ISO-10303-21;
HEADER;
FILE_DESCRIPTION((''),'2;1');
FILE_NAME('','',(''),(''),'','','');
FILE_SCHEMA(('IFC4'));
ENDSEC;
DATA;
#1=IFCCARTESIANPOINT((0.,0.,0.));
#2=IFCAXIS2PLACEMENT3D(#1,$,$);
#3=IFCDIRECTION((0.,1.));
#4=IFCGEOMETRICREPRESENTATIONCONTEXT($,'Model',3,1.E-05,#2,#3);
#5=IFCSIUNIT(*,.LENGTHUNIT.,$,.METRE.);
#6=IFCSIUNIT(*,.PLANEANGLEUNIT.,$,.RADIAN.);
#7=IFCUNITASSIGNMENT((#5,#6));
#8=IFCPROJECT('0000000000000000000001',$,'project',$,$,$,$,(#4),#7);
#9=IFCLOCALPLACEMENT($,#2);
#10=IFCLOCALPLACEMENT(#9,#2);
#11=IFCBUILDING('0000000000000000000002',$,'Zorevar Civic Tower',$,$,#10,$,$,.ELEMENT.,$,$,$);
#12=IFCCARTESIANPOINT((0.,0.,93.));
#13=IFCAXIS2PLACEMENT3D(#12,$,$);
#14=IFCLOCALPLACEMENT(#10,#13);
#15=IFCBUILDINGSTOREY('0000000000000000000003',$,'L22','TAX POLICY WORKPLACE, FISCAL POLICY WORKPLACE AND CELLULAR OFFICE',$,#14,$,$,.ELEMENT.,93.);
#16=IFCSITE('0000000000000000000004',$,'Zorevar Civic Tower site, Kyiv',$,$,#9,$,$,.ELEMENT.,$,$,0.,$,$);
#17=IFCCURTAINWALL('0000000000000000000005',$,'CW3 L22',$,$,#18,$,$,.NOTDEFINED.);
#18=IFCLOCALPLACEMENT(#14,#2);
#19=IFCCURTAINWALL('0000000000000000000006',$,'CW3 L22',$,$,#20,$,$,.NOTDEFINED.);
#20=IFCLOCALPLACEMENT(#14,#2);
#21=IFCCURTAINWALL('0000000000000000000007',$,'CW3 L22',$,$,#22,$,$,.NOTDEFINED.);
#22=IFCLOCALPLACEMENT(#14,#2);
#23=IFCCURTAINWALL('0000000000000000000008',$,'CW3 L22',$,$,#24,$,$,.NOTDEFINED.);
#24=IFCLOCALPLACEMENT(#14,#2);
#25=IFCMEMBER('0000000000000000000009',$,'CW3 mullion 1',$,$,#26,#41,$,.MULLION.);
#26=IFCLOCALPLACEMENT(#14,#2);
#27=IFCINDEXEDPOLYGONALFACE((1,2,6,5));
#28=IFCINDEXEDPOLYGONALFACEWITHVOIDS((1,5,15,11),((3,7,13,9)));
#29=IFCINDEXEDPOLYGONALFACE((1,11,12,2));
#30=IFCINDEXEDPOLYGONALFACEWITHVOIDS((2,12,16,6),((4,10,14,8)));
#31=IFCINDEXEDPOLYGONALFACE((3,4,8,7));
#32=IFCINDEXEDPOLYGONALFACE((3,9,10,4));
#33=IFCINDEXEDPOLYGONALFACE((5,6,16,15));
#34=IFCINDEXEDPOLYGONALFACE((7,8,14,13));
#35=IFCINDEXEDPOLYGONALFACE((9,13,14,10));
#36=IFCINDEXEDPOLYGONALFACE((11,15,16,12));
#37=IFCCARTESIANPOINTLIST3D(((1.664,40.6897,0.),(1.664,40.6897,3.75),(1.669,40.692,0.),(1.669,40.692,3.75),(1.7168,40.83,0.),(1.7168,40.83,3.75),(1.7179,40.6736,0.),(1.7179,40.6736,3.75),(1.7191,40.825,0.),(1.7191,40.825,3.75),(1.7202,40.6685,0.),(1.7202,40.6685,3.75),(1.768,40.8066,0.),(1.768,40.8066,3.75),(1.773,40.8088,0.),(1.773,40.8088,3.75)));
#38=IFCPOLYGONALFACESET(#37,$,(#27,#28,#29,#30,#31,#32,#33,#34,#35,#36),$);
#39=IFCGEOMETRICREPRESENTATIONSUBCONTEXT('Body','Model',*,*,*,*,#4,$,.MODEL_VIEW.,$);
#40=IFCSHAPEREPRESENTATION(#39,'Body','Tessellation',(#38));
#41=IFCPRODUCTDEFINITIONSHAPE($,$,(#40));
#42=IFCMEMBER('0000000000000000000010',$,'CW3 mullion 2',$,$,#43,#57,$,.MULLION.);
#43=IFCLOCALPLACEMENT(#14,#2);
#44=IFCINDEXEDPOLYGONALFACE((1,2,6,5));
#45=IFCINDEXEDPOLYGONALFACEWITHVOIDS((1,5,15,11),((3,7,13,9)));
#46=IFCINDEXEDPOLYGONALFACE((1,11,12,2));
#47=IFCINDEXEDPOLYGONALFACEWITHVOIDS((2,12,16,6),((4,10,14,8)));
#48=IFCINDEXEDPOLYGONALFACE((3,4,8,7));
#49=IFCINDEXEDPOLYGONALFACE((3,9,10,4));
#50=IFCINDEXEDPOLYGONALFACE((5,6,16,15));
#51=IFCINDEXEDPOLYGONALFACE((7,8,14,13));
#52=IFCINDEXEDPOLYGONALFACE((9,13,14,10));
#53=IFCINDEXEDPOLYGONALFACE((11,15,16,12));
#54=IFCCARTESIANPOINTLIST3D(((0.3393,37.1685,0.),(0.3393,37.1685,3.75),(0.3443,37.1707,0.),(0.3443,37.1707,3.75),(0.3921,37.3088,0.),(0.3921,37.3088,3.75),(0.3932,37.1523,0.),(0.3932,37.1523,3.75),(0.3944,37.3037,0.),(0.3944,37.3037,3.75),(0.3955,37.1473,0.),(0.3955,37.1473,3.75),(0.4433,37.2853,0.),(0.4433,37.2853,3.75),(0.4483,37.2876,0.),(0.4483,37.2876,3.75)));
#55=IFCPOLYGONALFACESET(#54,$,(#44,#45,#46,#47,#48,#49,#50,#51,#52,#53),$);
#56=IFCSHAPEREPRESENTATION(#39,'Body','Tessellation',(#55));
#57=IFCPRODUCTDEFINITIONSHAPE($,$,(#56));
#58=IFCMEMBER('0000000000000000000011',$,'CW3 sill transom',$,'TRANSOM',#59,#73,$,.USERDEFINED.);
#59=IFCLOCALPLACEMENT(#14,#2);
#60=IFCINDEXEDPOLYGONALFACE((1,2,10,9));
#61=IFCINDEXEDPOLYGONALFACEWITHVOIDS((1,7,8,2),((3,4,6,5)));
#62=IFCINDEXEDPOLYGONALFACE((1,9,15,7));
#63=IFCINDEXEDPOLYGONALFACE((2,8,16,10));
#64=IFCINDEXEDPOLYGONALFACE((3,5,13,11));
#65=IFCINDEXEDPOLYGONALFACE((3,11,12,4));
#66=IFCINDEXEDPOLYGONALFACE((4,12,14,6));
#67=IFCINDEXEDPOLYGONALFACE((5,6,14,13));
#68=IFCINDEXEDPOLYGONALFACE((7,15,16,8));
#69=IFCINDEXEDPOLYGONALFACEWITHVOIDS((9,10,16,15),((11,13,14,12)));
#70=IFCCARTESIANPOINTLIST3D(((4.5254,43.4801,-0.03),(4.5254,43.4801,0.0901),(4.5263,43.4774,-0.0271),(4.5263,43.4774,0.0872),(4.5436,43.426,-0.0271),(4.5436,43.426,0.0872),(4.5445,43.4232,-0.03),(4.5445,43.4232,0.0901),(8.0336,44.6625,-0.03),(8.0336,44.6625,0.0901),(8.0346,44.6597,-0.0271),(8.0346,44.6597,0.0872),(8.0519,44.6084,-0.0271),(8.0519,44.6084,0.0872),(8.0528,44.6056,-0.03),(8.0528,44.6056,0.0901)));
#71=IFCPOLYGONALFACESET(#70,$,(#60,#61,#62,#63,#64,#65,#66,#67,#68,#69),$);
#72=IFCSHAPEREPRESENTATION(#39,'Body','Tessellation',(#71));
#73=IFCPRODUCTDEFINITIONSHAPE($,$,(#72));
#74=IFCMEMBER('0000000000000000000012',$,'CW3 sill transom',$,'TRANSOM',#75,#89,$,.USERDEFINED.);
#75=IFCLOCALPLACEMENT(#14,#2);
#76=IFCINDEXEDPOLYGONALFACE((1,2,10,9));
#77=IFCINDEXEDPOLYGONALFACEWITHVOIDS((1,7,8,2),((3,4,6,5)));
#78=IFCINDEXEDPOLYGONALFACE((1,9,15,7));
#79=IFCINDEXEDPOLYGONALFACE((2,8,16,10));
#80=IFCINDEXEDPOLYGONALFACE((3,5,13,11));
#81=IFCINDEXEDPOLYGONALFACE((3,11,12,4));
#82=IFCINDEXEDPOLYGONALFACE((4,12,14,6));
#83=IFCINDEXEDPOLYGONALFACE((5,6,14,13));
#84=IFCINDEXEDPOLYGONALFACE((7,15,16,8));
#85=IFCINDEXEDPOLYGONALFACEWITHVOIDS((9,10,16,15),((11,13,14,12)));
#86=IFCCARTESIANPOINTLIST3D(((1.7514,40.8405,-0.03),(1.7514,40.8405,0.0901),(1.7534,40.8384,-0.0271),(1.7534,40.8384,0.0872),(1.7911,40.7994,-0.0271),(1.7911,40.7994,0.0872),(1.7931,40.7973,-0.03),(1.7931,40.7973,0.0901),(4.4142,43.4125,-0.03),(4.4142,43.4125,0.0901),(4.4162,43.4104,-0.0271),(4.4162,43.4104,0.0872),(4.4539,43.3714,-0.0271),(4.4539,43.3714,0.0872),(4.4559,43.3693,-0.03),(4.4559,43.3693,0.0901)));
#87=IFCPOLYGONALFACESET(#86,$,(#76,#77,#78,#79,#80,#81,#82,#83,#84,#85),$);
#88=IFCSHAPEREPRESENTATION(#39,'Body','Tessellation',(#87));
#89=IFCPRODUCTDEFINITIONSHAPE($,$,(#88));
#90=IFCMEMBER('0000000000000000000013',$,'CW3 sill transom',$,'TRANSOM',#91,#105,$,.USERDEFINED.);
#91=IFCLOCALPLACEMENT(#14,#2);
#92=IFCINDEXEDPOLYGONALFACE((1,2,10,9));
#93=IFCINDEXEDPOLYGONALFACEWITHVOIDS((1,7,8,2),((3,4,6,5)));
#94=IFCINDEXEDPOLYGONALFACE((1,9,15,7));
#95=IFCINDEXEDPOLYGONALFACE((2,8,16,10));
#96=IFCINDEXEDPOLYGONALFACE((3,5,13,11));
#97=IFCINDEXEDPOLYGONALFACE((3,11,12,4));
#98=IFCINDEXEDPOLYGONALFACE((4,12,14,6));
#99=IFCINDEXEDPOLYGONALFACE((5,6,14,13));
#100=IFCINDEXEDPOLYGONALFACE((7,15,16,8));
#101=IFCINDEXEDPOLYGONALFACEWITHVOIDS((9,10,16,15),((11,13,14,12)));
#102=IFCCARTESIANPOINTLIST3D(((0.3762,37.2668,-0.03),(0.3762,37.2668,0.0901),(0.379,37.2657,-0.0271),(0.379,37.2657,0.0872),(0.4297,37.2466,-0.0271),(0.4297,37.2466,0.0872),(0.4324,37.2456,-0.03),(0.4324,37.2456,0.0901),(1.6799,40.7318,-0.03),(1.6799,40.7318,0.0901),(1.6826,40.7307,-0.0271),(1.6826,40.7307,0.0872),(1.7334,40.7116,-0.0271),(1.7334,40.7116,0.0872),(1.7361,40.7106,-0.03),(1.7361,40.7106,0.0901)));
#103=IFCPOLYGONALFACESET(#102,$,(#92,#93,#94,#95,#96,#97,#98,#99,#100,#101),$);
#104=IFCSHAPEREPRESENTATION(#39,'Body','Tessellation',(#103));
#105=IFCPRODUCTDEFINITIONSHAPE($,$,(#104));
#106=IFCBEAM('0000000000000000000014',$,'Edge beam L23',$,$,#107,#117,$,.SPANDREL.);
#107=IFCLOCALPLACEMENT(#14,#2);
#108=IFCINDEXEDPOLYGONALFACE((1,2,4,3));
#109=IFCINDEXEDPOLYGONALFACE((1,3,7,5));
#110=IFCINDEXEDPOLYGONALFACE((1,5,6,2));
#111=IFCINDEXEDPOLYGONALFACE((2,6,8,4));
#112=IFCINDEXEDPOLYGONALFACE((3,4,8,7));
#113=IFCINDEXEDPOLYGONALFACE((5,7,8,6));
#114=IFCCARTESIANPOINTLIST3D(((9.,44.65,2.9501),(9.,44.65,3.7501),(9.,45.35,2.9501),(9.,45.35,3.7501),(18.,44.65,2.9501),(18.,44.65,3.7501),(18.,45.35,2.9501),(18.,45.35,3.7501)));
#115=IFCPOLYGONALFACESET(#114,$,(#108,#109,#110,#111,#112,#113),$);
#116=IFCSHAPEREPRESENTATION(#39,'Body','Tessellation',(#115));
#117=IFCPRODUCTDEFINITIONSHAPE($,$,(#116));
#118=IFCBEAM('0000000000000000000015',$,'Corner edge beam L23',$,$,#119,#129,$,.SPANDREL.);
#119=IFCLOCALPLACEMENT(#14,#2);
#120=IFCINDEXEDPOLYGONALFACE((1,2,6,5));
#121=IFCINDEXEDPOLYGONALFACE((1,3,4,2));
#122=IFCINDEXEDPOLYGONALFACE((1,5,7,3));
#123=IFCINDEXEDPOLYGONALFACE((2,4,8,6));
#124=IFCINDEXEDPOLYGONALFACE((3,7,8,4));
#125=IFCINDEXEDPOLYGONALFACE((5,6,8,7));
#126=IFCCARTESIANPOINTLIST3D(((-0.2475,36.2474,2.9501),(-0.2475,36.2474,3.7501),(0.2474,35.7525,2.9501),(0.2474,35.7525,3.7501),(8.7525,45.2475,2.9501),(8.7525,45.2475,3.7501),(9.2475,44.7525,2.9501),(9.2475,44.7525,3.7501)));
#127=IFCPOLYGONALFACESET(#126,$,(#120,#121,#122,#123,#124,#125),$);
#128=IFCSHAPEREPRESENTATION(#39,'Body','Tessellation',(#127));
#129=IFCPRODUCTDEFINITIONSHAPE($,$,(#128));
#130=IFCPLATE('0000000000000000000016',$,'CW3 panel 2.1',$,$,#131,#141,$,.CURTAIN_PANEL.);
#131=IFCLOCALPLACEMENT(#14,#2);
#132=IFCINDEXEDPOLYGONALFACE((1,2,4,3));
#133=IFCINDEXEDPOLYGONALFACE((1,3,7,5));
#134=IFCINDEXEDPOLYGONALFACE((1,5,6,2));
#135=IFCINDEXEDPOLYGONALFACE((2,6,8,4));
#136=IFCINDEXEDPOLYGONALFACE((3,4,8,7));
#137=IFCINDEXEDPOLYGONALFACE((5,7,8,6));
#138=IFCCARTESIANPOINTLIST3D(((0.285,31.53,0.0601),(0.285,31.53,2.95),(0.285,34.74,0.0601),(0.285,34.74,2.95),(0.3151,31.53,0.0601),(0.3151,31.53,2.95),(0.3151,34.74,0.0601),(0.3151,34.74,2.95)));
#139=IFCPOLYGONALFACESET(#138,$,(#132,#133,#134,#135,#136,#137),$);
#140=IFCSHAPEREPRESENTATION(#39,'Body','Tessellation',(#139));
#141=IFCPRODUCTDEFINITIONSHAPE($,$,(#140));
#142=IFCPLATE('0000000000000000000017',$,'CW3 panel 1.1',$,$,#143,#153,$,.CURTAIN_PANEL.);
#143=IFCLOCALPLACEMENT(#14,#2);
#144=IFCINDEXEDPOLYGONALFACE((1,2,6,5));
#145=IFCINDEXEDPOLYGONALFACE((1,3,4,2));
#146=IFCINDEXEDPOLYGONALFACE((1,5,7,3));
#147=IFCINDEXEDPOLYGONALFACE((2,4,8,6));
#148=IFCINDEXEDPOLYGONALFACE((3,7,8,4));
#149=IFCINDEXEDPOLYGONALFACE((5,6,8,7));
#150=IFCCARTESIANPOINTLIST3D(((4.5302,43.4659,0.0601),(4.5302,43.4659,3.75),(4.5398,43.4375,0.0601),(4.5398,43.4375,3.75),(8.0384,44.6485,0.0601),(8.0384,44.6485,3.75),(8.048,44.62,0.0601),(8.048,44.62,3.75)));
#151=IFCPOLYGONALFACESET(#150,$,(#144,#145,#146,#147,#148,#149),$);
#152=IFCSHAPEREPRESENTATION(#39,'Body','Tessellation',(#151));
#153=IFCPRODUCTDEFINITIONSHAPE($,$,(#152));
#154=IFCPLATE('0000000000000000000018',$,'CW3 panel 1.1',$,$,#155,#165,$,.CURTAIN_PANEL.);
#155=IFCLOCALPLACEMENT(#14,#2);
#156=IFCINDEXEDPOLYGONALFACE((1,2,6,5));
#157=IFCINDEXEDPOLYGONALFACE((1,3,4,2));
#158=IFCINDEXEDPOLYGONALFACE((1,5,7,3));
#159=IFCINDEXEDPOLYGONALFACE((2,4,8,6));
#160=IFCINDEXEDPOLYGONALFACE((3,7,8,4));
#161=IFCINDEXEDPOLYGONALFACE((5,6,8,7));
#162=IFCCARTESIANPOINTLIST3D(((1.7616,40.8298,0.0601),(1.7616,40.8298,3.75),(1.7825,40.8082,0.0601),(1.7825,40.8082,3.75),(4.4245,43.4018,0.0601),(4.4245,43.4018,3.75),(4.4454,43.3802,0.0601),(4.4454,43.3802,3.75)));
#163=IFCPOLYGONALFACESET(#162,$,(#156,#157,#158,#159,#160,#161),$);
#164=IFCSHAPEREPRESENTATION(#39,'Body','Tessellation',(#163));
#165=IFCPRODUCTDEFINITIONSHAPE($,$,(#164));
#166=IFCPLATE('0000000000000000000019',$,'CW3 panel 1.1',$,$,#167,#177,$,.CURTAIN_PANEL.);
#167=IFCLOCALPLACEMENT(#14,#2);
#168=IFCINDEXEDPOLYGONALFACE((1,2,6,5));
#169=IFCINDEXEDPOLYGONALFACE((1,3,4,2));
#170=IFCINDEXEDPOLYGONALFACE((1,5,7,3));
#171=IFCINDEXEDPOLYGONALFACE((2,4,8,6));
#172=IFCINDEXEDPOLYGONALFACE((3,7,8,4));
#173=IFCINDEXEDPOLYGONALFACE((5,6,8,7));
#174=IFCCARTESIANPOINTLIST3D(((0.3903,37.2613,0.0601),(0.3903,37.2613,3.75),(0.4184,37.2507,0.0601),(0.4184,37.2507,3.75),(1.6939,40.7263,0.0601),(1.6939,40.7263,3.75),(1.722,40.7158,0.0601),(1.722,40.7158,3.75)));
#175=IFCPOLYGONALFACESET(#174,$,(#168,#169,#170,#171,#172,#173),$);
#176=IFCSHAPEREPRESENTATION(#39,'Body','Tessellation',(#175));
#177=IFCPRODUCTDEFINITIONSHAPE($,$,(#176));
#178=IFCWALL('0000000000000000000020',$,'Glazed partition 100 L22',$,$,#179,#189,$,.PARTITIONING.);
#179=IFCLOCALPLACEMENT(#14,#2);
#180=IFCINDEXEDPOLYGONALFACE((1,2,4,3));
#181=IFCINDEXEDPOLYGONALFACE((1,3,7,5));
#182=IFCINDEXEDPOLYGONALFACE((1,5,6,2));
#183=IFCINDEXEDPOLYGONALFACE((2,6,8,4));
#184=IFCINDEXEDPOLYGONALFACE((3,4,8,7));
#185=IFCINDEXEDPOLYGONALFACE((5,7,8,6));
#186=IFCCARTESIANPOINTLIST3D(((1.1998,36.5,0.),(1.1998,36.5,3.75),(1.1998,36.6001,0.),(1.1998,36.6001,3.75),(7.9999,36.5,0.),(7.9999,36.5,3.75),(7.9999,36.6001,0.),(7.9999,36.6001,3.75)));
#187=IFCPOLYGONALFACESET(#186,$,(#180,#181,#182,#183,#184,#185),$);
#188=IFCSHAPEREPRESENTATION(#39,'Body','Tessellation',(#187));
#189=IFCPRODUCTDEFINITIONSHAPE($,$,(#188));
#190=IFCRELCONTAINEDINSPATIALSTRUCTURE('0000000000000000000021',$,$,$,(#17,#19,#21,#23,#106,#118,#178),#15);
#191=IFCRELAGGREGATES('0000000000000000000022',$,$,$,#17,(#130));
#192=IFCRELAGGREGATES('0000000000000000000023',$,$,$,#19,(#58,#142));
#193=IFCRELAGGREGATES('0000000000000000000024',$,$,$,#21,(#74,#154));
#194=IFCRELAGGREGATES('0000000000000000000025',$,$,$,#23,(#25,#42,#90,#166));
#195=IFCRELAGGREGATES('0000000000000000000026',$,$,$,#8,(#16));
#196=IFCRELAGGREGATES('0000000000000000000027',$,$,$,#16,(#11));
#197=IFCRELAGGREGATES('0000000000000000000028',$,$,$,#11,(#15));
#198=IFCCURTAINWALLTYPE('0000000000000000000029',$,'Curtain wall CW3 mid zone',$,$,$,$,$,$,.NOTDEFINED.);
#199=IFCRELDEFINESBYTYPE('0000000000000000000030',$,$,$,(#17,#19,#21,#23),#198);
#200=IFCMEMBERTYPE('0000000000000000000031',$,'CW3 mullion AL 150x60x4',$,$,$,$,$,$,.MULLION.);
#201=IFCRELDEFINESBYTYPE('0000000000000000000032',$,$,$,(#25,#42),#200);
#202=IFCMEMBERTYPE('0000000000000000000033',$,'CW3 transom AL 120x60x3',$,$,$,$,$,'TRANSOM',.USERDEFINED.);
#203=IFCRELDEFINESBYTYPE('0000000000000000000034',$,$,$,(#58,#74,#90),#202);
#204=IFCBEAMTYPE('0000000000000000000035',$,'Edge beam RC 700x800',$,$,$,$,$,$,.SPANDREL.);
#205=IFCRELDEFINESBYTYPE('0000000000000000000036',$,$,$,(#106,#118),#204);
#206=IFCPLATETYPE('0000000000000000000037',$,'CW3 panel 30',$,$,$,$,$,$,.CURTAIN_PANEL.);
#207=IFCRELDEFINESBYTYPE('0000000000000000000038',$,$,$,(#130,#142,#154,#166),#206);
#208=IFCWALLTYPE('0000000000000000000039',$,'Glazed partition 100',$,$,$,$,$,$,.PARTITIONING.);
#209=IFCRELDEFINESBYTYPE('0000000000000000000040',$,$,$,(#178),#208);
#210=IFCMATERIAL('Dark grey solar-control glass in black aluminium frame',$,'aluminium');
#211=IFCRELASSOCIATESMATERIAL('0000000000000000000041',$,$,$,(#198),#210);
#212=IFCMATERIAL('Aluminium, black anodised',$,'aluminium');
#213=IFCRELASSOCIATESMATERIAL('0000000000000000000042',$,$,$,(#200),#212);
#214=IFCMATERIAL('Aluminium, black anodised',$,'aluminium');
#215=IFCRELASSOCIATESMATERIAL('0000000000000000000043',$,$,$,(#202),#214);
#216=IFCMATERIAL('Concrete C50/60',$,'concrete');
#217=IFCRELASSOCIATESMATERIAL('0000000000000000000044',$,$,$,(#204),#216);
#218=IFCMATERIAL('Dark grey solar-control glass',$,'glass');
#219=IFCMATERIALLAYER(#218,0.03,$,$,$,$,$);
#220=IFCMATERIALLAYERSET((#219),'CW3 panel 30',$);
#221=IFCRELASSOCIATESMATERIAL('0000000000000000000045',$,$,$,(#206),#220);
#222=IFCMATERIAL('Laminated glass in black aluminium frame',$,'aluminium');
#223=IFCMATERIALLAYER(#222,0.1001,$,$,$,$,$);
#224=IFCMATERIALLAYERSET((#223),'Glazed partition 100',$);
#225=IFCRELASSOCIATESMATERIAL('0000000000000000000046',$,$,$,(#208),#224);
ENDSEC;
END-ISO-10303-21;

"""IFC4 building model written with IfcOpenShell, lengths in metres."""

from ifc_helpers import new_model, si_unit, direction, frame, frame_2d, origin, origin_2d, place, context, subcontext, project, spatial, rectangle, hollow_rectangle, extrude, material, layer, layer_set, material_profile, profile_set, type_object, element, aggregate, save


model = new_model("IFC4")

# Units and contexts
model_context = context("Model", 3, precision=1e-05, world=origin(), true_north=direction((0.0, 1.0)))
body_context = subcontext(model_context, "Body", "Model", "MODEL_VIEW")
ifc_project = project(units=[si_unit("LENGTHUNIT", "METRE"), si_unit("PLANEANGLEUNIT", "RADIAN")], contexts=[model_context])

# Site, building, storey
site_placement = place(None, origin())
site = spatial("IfcSite", under=ifc_project, at=site_placement, Name="Zorevar Civic Tower site, Kyiv", CompositionType="ELEMENT", RefElevation=0.0)
building_placement = place(site_placement, origin())
building = spatial("IfcBuilding", under=site, at=building_placement, Name="Zorevar Civic Tower", CompositionType="ELEMENT")
storey_placement = place(building_placement, frame((0.0, 0.0, 93.0)))
storey = spatial("IfcBuildingStorey", under=building, at=storey_placement, Name="L22", Description="TAX POLICY WORKPLACE, FISCAL POLICY WORKPLACE AND CELLULAR OFFICE", CompositionType="ELEMENT", Elevation=93.0)

# Curtain wall
ifc_material_1 = material(Name="Dark grey solar-control glass in black aluminium frame", Category="aluminium")
curtain_wall_type = type_object("IfcCurtainWallType", Name="Curtain wall CW3 mid zone", PredefinedType="NOTDEFINED", material=ifc_material_1)
curtain_wall_1_placement = place(storey_placement, origin())
curtain_wall_1 = element("IfcCurtainWall", 1, at=curtain_wall_1_placement, inside=storey, type_object=curtain_wall_type, Name="CW3 L22", PredefinedType="NOTDEFINED")
ifc_material_2 = material(Name="Aluminium, black anodised", Category="aluminium")
ifc_material_profile_1 = material_profile(ifc_material_2, hollow_rectangle(XDim=0.0601, YDim=0.1499, WallThickness=0.0039, at=origin_2d()), Name="AL 150x60x4")
ifc_profile_set_1 = profile_set([ifc_material_profile_1], Name="Aluminium, black anodised")
member_type_1 = type_object("IfcMemberType", Name="CW3 mullion AL 150x60x4", PredefinedType="MULLION", material=ifc_profile_set_1)

# Curtain walls, members
curtain_wall_2_placement = place(storey_placement, origin())
curtain_wall_2 = element("IfcCurtainWall", 2, at=curtain_wall_2_placement, inside=storey, type_object=curtain_wall_type, Name="CW3 L22", PredefinedType="NOTDEFINED")
curtain_wall_3_placement = place(storey_placement, origin())
curtain_wall_3 = element("IfcCurtainWall", 3, at=curtain_wall_3_placement, inside=storey, type_object=curtain_wall_type, Name="CW3 L22", PredefinedType="NOTDEFINED")
curtain_wall_4_placement = place(storey_placement, origin())
curtain_wall_4 = element("IfcCurtainWall", 4, at=curtain_wall_4_placement, inside=storey, type_object=curtain_wall_type, Name="CW3 L22", PredefinedType="NOTDEFINED")
member_1_placement = place(storey_placement, frame((1.7185, 40.7493, 0.0), z_axis=(0.0, 0.0, 1.0), x_axis=(0.935951, -0.352132, 0.0)))
member_1 = element("IfcMember", 5, at=member_1_placement, type_object=member_type_1, Name="CW3 mullion 1", PredefinedType="MULLION", context=body_context, shape_type="SweptSolid", body=[
    extrude(hollow_rectangle(XDim=0.0601, YDim=0.1499, WallThickness=0.0039, at=origin_2d()), origin(), (0.0, 0.0, 1.0), 3.75),
])
member_2_placement = place(storey_placement, frame((0.3938, 37.228, 0.0), z_axis=(0.0, 0.0, 1.0), x_axis=(0.935951, -0.352132, 0.0)))
member_2 = element("IfcMember", 6, at=member_2_placement, type_object=member_type_1, Name="CW3 mullion 2", PredefinedType="MULLION", context=body_context, shape_type="SweptSolid", body=[
    extrude(hollow_rectangle(XDim=0.0601, YDim=0.1499, WallThickness=0.0039, at=origin_2d()), origin(), (0.0, 0.0, 1.0), 3.75),
])

# Members
ifc_material_3 = material(Name="Aluminium, black anodised", Category="aluminium")
ifc_material_profile_2 = material_profile(ifc_material_3, hollow_rectangle(XDim=0.0601, YDim=0.1201, WallThickness=0.0029, at=origin_2d()), Name="AL 120x60x3")
ifc_profile_set_2 = profile_set([ifc_material_profile_2], Name="Aluminium, black anodised")
member_type_2 = type_object("IfcMemberType", Name="CW3 transom AL 120x60x3", ElementType="TRANSOM", PredefinedType="USERDEFINED", material=ifc_profile_set_2)
member_3_placement = place(storey_placement, frame((8.0432, 44.634, 0.03), z_axis=(-0.94763, -0.319372, 0.0), x_axis=(0.319372, -0.94763, 0.0)))
member_3 = element("IfcMember", 7, at=member_3_placement, type_object=member_type_2, Name="CW3 sill transom", ObjectType="TRANSOM", PredefinedType="USERDEFINED", context=body_context, shape_type="SweptSolid", body=[
    extrude(hollow_rectangle(XDim=0.0601, YDim=0.1201, WallThickness=0.0029, at=origin_2d()), origin(), (0.0, 0.0, 1.0), 3.7021),
])
member_4_placement = place(storey_placement, frame((4.4351, 43.3909, 0.03), z_axis=(-0.719266, -0.694735, 0.0), x_axis=(0.694735, -0.719266, 0.0)))
member_4 = element("IfcMember", 8, at=member_4_placement, type_object=member_type_2, Name="CW3 sill transom", ObjectType="TRANSOM", PredefinedType="USERDEFINED", context=body_context, shape_type="SweptSolid", body=[
    extrude(hollow_rectangle(XDim=0.0601, YDim=0.1201, WallThickness=0.0029, at=origin_2d()), origin(), (0.0, 0.0, 1.0), 3.7021),
])
member_5_placement = place(storey_placement, frame((1.708, 40.7212, 0.03), z_axis=(-0.352142, -0.935947, 0.0), x_axis=(0.935947, -0.352142, 0.0)))
member_5 = element("IfcMember", 9, at=member_5_placement, type_object=member_type_2, Name="CW3 sill transom", ObjectType="TRANSOM", PredefinedType="USERDEFINED", context=body_context, shape_type="SweptSolid", body=[
    extrude(hollow_rectangle(XDim=0.0601, YDim=0.1201, WallThickness=0.0029, at=origin_2d()), origin(), (0.0, 0.0, 1.0), 3.7021),
])

# Beams
ifc_material_4 = material(Name="Concrete C50/60", Category="concrete")
ifc_material_profile_3 = material_profile(ifc_material_4, rectangle(XDim=0.7, YDim=0.8, at=origin_2d()), Name="RC 700x800")
ifc_profile_set_3 = profile_set([ifc_material_profile_3], Name="Concrete C50/60")
beam_type_1 = type_object("IfcBeamType", Name="Edge beam RC 700x800", PredefinedType="SPANDREL", material=ifc_profile_set_3)
beam_1_placement = place(storey_placement, frame((9.0, 45.0, 3.3501), z_axis=(1.0, 0.0, 0.0), x_axis=(0.0, 1.0, 0.0)))
element("IfcBeam", 10, at=beam_1_placement, inside=storey, type_object=beam_type_1, Name="Edge beam L23", PredefinedType="SPANDREL", context=body_context, shape_type="SweptSolid", body=[
    extrude(rectangle(XDim=0.7, YDim=0.8, at=origin_2d()), origin(), (0.0, 0.0, 1.0), 9.0),
])
beam_2_placement = place(storey_placement, frame((9.0, 45.0, 3.3501), z_axis=(-0.707107, -0.707107, 0.0), x_axis=(0.707107, -0.707107, 0.0)))
element("IfcBeam", 11, at=beam_2_placement, inside=storey, type_object=beam_type_1, Name="Corner edge beam L23", PredefinedType="SPANDREL", context=body_context, shape_type="SweptSolid", body=[
    extrude(rectangle(XDim=0.7, YDim=0.8, at=origin_2d()), origin(), (0.0, 0.0, 1.0), 12.728),
])

# Plates
ifc_material_5 = material(Name="Dark grey solar-control glass", Category="glass")
ifc_layer_1 = layer(ifc_material_5, 0.03)
ifc_layer_set_1 = layer_set([ifc_layer_1], Name="CW3 panel 30")
plate_type = type_object("IfcPlateType", Name="CW3 panel 30", PredefinedType="CURTAIN_PANEL", material=ifc_layer_set_1)
plate_1_placement = place(storey_placement, frame((0.3, 33.135, 0.0601), z_axis=(0.0, 0.0, 1.0), x_axis=(0.0, 1.0, 0.0)))
plate_1 = element("IfcPlate", 12, at=plate_1_placement, type_object=plate_type, Name="CW3 panel 2.1", PredefinedType="CURTAIN_PANEL", context=body_context, shape_type="SweptSolid", body=[
    extrude(rectangle(XDim=3.21, YDim=0.03, at=origin_2d()), origin(), (0.0, 0.0, 1.0), 2.8899),
])
aggregate(curtain_wall_1, [plate_1])
plate_2_placement = place(storey_placement, frame((6.2891, 44.043, 0.0601), z_axis=(0.0, 0.0, 1.0), x_axis=(-0.947616, -0.319413, 0.0)))
plate_2 = element("IfcPlate", 13, at=plate_2_placement, type_object=plate_type, Name="CW3 panel 1.1", PredefinedType="CURTAIN_PANEL", context=body_context, shape_type="SweptSolid", body=[
    extrude(rectangle(XDim=3.7021, YDim=0.03, at=origin_2d()), origin(), (0.0, 0.0, 1.0), 3.6899),
])
aggregate(curtain_wall_2, [member_3, plate_2])
plate_3_placement = place(storey_placement, frame((3.1035, 42.105, 0.0601), z_axis=(0.0, 0.0, 1.0), x_axis=(-0.719281, -0.694719, 0.0)))
plate_3 = element("IfcPlate", 14, at=plate_3_placement, type_object=plate_type, Name="CW3 panel 1.1", PredefinedType="CURTAIN_PANEL", context=body_context, shape_type="SweptSolid", body=[
    extrude(rectangle(XDim=3.7021, YDim=0.03, at=origin_2d()), origin(), (0.0, 0.0, 1.0), 3.6899),
])
aggregate(curtain_wall_3, [member_4, plate_3])
plate_4_placement = place(storey_placement, frame((1.0562, 38.9885, 0.0601), z_axis=(0.0, 0.0, 1.0), x_axis=(-0.352132, -0.935951, 0.0)))
plate_4 = element("IfcPlate", 15, at=plate_4_placement, type_object=plate_type, Name="CW3 panel 1.1", PredefinedType="CURTAIN_PANEL", context=body_context, shape_type="SweptSolid", body=[
    extrude(rectangle(XDim=3.7021, YDim=0.03, at=origin_2d()), origin(), (0.0, 0.0, 1.0), 3.6899),
])
aggregate(curtain_wall_4, [member_1, member_2, member_5, plate_4])

# Wall
ifc_material_6 = material(Name="Laminated glass in black aluminium frame", Category="aluminium")
ifc_layer_2 = layer(ifc_material_6, 0.1001)
ifc_layer_set_2 = layer_set([ifc_layer_2], Name="Glazed partition 100")
wall_type_1 = type_object("IfcWallType", Name="Glazed partition 100", PredefinedType="PARTITIONING", material=ifc_layer_set_2)
wall_1_placement = place(storey_placement, frame((1.2, 36.55, 0.0), z_axis=(0.0, 0.0, 1.0), x_axis=(1.0, 0.0, 0.0)))
element("IfcWall", 16, at=wall_1_placement, inside=storey, type_object=wall_type_1, Name="Glazed partition 100 L22", PredefinedType="PARTITIONING", context=body_context, shape_type="SweptSolid", body=[
    extrude(rectangle(XDim=6.8, YDim=0.1001, at=frame_2d((3.3999, 0.0))), origin(), (0.0, 0.0, 1.0), 3.75),
])

save(model, "model.ifc")
